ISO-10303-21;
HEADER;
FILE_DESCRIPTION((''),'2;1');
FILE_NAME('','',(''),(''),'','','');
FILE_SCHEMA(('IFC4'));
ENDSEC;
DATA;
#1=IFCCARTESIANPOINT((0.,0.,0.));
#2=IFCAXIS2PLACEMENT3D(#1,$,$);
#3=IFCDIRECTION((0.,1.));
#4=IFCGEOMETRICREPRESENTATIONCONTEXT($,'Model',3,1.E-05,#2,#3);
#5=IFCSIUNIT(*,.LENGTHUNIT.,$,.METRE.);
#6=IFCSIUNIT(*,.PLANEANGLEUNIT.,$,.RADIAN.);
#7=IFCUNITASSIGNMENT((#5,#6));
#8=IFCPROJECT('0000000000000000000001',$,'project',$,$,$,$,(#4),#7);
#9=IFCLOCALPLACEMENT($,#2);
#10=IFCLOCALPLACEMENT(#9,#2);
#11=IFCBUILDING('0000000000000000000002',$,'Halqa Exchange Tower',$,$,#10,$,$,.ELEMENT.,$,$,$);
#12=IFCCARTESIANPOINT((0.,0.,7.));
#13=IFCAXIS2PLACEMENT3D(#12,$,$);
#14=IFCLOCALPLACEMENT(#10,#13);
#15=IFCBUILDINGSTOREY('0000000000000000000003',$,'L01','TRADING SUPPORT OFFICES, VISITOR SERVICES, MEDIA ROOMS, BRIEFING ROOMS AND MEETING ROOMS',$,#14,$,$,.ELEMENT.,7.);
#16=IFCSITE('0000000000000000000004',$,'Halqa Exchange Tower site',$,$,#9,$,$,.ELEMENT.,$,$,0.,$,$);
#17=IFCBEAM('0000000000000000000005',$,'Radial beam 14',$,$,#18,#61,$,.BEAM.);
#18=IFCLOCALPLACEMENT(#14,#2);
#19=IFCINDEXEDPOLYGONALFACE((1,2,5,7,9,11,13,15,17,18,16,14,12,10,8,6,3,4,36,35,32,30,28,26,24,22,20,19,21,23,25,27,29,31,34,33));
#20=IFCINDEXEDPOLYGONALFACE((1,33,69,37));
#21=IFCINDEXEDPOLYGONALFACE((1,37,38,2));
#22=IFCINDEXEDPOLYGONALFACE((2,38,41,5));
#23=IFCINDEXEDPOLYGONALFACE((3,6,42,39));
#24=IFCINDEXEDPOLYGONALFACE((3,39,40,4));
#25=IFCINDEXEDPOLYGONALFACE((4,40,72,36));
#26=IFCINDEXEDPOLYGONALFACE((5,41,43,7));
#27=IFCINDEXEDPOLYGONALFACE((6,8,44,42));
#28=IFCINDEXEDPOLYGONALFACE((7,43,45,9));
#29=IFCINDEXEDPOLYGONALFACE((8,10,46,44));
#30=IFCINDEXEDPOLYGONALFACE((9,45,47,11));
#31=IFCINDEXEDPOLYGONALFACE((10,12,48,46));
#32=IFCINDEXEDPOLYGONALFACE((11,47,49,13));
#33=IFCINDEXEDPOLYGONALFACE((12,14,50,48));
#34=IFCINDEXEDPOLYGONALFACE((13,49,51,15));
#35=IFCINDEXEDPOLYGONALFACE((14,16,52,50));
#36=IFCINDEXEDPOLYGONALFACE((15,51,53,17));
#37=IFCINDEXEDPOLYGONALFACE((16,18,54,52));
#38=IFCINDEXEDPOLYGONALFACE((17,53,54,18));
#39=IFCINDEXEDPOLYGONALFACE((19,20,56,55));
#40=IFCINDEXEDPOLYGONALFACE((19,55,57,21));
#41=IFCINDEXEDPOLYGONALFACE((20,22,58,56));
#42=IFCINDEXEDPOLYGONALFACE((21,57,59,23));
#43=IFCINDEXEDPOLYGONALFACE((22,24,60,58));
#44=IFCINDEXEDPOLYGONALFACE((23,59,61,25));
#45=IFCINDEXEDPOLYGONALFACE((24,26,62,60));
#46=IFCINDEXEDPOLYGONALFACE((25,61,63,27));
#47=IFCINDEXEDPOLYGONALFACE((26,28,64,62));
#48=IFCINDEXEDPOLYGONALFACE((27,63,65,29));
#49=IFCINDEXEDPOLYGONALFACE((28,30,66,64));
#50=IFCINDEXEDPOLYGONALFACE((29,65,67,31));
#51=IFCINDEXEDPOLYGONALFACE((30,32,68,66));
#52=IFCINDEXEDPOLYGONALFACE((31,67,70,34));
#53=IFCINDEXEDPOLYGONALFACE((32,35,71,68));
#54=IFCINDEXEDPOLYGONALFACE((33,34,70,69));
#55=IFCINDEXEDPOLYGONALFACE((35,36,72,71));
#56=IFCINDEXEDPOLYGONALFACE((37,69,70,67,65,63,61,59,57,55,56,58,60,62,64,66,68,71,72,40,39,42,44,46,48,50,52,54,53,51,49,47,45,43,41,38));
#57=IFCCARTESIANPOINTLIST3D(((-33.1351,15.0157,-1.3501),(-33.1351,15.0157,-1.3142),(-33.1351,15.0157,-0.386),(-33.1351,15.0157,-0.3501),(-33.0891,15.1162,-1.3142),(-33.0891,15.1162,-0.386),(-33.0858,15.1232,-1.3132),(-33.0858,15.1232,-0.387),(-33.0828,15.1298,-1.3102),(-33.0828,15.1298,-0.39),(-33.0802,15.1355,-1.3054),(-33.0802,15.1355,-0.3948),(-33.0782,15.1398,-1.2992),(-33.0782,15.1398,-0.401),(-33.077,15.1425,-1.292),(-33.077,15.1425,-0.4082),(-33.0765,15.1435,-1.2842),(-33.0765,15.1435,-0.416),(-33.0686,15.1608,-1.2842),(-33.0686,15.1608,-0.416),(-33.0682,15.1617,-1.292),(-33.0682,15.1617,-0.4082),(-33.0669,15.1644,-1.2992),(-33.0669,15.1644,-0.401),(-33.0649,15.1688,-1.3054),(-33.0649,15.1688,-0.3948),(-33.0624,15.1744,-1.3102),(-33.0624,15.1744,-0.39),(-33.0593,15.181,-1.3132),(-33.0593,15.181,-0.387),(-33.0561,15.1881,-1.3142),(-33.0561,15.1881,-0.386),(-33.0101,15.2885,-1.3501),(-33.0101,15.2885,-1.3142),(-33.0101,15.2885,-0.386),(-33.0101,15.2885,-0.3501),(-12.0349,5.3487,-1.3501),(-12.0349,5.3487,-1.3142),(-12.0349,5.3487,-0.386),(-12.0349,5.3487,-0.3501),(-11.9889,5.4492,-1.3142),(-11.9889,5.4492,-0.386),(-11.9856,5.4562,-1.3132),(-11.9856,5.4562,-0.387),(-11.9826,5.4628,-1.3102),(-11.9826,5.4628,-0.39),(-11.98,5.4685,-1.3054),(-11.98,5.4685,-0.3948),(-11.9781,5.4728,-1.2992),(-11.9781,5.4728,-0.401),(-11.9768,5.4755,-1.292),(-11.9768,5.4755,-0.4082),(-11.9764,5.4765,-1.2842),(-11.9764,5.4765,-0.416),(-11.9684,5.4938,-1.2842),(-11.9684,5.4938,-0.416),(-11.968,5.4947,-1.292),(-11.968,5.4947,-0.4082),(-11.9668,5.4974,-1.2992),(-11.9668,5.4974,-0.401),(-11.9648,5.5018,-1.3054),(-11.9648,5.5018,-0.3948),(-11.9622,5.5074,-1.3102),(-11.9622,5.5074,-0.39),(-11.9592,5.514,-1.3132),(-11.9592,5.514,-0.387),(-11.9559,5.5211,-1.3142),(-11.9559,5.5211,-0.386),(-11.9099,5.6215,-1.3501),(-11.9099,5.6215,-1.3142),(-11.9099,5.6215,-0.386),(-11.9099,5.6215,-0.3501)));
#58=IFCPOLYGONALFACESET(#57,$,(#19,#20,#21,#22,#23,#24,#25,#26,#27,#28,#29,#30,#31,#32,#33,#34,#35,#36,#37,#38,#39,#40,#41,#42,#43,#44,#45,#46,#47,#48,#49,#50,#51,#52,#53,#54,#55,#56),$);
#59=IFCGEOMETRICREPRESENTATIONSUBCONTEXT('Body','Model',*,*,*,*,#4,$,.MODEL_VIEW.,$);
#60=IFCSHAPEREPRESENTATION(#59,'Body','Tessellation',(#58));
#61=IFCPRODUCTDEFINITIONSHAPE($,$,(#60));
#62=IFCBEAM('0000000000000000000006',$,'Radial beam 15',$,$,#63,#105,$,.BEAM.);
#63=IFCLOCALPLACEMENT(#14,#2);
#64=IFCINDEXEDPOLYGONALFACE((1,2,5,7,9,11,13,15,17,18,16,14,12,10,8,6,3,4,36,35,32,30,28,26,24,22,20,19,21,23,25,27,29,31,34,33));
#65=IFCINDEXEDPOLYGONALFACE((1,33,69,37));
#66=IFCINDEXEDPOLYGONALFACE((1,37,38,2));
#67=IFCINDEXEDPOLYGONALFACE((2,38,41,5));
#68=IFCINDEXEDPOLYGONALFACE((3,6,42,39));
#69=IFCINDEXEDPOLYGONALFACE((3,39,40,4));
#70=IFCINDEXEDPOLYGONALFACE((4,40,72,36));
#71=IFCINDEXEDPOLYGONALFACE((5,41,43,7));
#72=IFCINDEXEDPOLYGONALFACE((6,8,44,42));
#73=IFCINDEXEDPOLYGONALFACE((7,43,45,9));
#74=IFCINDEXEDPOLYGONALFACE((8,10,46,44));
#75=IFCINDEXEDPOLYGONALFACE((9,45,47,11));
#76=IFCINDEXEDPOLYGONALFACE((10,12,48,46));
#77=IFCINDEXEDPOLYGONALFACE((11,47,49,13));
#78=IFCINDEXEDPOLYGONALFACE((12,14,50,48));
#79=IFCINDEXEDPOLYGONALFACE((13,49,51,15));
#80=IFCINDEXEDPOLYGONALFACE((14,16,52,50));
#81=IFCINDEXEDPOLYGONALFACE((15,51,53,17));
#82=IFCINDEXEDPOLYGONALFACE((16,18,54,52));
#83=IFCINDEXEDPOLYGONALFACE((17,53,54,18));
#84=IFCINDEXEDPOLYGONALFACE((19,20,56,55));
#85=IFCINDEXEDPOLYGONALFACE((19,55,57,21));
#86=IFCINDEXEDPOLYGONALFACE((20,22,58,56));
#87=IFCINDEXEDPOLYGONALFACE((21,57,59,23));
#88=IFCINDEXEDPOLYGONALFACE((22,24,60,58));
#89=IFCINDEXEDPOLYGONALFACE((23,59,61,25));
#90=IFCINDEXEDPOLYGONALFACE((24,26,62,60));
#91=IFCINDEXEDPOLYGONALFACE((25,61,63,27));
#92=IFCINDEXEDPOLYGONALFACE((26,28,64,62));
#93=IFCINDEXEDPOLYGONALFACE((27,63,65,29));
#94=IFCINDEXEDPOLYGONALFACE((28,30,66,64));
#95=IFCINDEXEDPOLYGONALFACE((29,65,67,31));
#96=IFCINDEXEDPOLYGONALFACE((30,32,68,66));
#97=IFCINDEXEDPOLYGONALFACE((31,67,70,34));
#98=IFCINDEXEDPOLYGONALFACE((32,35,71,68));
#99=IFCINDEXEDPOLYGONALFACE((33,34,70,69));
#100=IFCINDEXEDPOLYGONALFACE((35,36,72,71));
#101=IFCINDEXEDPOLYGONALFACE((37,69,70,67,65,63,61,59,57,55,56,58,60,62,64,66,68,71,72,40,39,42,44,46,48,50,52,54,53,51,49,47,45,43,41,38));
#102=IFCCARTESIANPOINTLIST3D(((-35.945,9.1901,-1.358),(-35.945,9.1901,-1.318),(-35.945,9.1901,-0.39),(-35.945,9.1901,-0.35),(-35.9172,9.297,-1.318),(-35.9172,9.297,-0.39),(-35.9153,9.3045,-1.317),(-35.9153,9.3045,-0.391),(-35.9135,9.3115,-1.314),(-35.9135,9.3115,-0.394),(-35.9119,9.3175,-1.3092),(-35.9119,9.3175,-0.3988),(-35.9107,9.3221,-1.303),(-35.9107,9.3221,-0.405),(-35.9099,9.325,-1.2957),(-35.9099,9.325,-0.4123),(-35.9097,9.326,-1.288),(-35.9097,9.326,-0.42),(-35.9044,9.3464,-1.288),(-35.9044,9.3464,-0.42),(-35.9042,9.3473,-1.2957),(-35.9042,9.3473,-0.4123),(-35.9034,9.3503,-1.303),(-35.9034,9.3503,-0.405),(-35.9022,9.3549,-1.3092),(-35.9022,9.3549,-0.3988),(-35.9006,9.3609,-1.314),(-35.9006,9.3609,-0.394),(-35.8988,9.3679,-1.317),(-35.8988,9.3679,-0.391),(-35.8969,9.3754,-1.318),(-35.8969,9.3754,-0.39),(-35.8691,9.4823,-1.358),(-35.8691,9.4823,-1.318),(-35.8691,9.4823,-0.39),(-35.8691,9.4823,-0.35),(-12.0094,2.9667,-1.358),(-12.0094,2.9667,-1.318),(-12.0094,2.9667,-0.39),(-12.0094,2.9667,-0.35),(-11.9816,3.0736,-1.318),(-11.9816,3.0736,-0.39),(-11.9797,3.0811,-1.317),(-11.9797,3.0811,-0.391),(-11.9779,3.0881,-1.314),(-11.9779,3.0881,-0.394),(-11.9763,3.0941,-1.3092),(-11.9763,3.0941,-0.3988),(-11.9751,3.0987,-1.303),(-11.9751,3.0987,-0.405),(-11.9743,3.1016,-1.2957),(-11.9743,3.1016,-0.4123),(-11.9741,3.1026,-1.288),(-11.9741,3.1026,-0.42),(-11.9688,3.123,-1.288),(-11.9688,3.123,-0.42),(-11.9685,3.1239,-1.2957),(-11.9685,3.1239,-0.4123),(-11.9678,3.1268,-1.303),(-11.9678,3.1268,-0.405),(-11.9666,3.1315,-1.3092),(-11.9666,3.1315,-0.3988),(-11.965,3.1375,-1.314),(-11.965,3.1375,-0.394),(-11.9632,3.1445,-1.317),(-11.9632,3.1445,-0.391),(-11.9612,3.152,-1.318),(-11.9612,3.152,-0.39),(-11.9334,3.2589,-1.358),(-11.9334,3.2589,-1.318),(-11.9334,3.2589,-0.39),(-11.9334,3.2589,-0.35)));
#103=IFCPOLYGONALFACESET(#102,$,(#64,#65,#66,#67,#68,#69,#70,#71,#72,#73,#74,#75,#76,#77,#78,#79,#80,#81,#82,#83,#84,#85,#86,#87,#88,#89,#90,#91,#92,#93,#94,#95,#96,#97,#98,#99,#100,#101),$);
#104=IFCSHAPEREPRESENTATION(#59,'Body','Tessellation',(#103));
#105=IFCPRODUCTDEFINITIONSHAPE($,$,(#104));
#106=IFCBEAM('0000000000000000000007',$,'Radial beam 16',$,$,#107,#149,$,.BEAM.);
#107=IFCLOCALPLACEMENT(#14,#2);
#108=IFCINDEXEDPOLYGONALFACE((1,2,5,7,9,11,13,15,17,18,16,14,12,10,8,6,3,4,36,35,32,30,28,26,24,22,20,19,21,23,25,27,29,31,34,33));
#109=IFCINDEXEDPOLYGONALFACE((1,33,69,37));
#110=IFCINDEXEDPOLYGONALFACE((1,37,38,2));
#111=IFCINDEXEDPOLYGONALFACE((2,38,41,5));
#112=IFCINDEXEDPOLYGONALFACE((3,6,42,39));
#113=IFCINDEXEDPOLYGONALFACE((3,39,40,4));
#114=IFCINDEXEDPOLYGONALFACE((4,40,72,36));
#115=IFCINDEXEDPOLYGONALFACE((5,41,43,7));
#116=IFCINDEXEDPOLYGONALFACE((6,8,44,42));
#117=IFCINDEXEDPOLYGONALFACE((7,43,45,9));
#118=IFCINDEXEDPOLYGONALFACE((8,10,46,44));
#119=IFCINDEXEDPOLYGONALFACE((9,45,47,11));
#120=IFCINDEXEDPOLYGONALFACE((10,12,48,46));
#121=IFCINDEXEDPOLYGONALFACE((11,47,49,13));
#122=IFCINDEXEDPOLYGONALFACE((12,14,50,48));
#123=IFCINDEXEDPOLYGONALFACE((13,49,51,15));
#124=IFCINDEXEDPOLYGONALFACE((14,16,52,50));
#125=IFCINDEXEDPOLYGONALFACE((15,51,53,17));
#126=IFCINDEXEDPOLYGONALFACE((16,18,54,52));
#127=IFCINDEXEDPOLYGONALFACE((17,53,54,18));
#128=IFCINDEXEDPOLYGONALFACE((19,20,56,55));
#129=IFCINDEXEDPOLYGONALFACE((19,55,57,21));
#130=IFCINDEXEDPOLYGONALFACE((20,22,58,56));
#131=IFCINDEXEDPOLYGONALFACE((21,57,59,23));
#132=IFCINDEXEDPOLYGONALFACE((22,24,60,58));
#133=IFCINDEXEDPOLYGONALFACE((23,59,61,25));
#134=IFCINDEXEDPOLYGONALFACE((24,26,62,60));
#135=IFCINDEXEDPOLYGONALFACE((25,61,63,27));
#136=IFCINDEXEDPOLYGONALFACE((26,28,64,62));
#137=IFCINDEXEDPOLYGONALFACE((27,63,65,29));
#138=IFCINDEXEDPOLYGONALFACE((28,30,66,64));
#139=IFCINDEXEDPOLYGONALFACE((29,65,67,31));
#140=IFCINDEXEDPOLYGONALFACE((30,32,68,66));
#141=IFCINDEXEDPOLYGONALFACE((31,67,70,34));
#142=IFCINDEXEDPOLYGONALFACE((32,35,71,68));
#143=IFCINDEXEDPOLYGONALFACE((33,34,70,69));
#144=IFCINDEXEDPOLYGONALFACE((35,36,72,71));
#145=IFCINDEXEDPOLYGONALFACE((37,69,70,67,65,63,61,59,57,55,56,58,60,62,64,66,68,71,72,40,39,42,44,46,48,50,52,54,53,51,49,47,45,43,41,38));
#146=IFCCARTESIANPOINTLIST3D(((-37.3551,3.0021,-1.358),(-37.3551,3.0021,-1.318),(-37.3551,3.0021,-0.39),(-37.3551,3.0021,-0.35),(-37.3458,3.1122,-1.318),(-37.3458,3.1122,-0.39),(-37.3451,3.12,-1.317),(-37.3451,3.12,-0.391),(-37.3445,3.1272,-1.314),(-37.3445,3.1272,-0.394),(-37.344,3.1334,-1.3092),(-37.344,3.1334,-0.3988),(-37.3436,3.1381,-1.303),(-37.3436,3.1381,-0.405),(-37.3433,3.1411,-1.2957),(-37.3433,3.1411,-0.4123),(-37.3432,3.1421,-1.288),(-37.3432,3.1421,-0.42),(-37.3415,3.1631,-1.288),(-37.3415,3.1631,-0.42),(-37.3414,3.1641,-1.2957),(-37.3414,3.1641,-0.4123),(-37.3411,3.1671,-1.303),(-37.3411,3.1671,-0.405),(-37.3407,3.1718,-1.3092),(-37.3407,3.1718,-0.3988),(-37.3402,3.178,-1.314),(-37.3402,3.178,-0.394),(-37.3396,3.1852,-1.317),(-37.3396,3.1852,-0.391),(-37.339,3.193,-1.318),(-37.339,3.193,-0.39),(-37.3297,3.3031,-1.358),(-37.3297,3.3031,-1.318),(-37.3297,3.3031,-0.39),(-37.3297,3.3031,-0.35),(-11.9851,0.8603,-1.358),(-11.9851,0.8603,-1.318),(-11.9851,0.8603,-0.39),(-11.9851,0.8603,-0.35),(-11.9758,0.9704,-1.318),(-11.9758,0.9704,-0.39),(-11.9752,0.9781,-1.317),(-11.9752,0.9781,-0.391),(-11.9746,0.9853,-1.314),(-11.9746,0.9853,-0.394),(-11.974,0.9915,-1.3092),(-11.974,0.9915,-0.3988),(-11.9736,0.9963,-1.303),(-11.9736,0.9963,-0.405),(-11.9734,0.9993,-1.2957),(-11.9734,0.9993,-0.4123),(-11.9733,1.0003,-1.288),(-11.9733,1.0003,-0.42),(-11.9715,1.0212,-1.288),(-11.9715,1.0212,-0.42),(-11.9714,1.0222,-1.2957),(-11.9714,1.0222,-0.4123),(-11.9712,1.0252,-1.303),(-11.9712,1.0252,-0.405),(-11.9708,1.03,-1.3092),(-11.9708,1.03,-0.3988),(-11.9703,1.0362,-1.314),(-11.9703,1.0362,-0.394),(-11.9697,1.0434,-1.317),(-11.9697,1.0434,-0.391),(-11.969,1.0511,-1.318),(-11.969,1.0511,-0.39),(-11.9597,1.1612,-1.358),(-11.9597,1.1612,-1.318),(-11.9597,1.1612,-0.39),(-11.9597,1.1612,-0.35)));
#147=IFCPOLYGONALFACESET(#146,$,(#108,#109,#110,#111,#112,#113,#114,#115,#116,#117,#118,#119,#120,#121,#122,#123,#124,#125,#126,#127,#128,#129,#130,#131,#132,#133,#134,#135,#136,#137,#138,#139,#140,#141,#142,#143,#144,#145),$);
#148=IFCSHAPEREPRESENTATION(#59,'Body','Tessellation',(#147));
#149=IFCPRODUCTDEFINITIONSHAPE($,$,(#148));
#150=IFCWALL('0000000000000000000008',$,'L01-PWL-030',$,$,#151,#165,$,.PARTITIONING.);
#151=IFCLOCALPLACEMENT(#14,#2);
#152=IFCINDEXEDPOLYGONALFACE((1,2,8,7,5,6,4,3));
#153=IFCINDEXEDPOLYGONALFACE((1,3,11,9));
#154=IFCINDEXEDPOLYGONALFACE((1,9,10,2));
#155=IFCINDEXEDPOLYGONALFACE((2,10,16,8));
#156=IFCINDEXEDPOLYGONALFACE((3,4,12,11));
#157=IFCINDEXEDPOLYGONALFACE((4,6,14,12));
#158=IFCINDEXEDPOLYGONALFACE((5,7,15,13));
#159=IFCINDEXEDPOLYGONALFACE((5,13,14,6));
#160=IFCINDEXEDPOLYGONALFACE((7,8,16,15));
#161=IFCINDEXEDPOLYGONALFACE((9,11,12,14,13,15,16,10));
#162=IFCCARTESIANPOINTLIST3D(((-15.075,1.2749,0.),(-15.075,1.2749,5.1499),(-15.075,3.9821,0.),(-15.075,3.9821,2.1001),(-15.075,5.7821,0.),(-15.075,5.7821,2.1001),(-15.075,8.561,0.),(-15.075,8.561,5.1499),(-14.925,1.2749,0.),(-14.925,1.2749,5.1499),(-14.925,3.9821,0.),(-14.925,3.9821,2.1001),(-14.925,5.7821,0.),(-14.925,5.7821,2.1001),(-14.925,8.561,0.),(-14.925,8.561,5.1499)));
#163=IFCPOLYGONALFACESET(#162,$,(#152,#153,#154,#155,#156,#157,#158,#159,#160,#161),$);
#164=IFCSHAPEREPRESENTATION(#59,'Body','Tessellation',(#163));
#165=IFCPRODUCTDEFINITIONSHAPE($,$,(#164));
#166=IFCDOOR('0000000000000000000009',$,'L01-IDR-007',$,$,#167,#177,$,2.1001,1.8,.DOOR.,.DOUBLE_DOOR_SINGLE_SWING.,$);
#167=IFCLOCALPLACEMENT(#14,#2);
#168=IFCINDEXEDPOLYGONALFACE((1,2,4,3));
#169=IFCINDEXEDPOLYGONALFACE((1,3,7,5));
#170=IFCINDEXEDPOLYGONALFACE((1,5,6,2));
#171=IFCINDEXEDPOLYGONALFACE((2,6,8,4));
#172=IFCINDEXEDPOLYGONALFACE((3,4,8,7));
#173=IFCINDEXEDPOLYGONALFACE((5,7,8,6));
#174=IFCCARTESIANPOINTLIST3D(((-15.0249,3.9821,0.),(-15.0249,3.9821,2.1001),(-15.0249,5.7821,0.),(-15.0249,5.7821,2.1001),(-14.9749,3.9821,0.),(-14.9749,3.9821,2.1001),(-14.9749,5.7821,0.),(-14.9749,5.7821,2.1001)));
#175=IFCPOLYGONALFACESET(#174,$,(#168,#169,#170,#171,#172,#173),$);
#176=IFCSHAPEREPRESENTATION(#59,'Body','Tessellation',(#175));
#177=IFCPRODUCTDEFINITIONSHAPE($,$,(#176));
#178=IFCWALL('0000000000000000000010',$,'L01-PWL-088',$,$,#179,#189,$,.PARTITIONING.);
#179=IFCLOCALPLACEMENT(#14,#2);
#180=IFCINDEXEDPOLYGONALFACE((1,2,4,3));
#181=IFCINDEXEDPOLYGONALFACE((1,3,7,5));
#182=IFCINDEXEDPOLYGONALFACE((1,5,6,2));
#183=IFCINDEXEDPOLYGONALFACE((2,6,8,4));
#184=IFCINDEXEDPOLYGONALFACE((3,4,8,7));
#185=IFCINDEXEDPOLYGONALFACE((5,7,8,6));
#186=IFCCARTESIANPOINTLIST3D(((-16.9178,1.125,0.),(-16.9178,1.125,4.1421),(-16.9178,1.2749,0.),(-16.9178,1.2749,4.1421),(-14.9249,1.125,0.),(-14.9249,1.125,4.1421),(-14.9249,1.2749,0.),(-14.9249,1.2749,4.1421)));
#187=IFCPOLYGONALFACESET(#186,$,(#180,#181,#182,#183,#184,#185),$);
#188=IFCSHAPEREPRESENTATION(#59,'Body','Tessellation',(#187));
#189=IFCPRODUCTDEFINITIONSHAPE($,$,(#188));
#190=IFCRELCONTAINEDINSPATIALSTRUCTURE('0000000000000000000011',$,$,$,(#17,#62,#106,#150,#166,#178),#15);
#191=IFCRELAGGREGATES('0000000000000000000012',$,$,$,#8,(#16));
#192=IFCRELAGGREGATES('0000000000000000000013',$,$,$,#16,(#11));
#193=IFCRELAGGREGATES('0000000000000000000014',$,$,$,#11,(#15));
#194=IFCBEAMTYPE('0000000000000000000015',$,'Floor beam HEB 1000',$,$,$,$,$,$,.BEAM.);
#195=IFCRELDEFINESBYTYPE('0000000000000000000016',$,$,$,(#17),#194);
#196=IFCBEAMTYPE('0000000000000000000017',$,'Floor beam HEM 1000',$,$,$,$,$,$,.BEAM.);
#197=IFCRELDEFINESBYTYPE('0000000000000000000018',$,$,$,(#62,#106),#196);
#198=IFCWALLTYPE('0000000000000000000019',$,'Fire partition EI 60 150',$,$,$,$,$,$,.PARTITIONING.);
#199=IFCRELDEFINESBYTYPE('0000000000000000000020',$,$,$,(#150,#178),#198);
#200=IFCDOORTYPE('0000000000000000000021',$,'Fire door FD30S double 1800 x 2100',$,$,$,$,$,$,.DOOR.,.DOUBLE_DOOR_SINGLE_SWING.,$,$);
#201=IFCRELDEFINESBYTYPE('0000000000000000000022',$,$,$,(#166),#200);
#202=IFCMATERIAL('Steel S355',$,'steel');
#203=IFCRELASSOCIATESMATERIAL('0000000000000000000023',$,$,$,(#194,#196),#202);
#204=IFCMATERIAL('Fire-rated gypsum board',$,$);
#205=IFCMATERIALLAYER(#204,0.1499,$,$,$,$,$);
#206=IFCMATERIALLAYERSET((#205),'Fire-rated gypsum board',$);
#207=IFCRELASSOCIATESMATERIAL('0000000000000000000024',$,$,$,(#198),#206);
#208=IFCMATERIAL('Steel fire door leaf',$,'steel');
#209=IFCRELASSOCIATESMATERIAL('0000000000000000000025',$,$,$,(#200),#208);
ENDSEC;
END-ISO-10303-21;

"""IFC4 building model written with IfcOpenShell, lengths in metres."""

from ifc_helpers import new_model, si_unit, direction, frame, frame_2d, origin, origin_2d, place, context, subcontext, project, spatial, rectangle, i_section, extrude, material, layer, layer_set, material_profile, profile_set, type_object, element, fill, save


model = new_model("IFC4")

# Units and contexts
model_context = context("Model", 3, precision=1e-05, world=origin(), true_north=direction((0.0, 1.0)))
body_context = subcontext(model_context, "Body", "Model", "MODEL_VIEW")
ifc_project = project(units=[si_unit("LENGTHUNIT", "METRE"), si_unit("PLANEANGLEUNIT", "RADIAN")], contexts=[model_context])

# Site, building, storey
site_placement = place(None, origin())
site = spatial("IfcSite", under=ifc_project, at=site_placement, Name="Halqa Exchange Tower site", CompositionType="ELEMENT", RefElevation=0.0)
building_placement = place(site_placement, origin())
building = spatial("IfcBuilding", under=site, at=building_placement, Name="Halqa Exchange Tower", CompositionType="ELEMENT")
storey_placement = place(building_placement, frame((0.0, 0.0, 7.0)))
storey = spatial("IfcBuildingStorey", under=building, at=storey_placement, Name="L01", Description="TRADING SUPPORT OFFICES, VISITOR SERVICES, MEDIA ROOMS, BRIEFING ROOMS AND MEETING ROOMS", CompositionType="ELEMENT", Elevation=7.0)

# Beams
ifc_material_1 = material(Name="Steel S355", Category="steel")
ifc_material_profile_1 = material_profile(ifc_material_1, i_section(OverallWidth=0.3, OverallDepth=1.0, WebThickness=0.019, FlangeThickness=0.0359, FilletRadius=0.03, at=origin_2d()), Name="HEB 1000")
ifc_profile_set_1 = profile_set([ifc_material_profile_1], Name="Steel S355")
beam_type_1 = type_object("IfcBeamType", Name="Floor beam HEB 1000", PredefinedType="BEAM", material=ifc_profile_set_1)
beam_1_placement = place(storey_placement, frame((-11.9724, 5.4851, -0.8501), z_axis=(-0.909128, 0.416516, 0.0), x_axis=(-0.416516, -0.909128, 0.0)))
element("IfcBeam", 1, at=beam_1_placement, inside=storey, type_object=beam_type_1, Name="Radial beam 14", PredefinedType="BEAM", context=body_context, shape_type="SweptSolid", body=[
    extrude(i_section(OverallWidth=0.3, OverallDepth=1.0, WebThickness=0.019, FlangeThickness=0.0359, FilletRadius=0.03, at=origin_2d()), origin(), (0.0, 0.0, 1.0), 23.2092),
])
ifc_material_profile_2 = material_profile(ifc_material_1, i_section(OverallWidth=0.302, OverallDepth=1.0081, WebThickness=0.021, FlangeThickness=0.04, FilletRadius=0.03, at=origin_2d()), Name="HEM 1000")
ifc_profile_set_2 = profile_set([ifc_material_profile_2], Name="Steel S355")
beam_type_2 = type_object("IfcBeamType", Name="Floor beam HEM 1000", PredefinedType="BEAM", material=ifc_profile_set_2)
beam_2_placement = place(storey_placement, frame((-11.9714, 3.1128, -0.854), z_axis=(-0.967821, 0.251639, 0.0), x_axis=(-0.251639, -0.967821, 0.0)))
element("IfcBeam", 2, at=beam_2_placement, inside=storey, type_object=beam_type_2, Name="Radial beam 15", PredefinedType="BEAM", context=body_context, shape_type="SweptSolid", body=[
    extrude(i_section(OverallWidth=0.302, OverallDepth=1.0081, WebThickness=0.021, FlangeThickness=0.04, FilletRadius=0.03, at=origin_2d()), origin(), (0.0, 0.0, 1.0), 24.7314),
])
beam_3_placement = place(storey_placement, frame((-11.9724, 1.0107, -0.854), z_axis=(-0.996455, 0.084125, 0.0), x_axis=(-0.084125, -0.996455, 0.0)))
element("IfcBeam", 3, at=beam_3_placement, inside=storey, type_object=beam_type_2, Name="Radial beam 16", PredefinedType="BEAM", context=body_context, shape_type="SweptSolid", body=[
    extrude(i_section(OverallWidth=0.302, OverallDepth=1.0081, WebThickness=0.021, FlangeThickness=0.04, FilletRadius=0.03, at=origin_2d()), origin(), (0.0, 0.0, 1.0), 25.4602),
])

# Wall, opening, door
ifc_material_2 = material(Name="Fire-rated gypsum board")
ifc_layer_1 = layer(ifc_material_2, 0.1499)
ifc_layer_set_1 = layer_set([ifc_layer_1], Name="Fire-rated gypsum board")
wall_type_1 = type_object("IfcWallType", Name="Fire partition EI 60 150", PredefinedType="PARTITIONING", material=ifc_layer_set_1)
wall_1_placement = place(storey_placement, frame((-15.0, 1.2749, 0.0), z_axis=(0.0, 0.0, 1.0), x_axis=(0.0, 1.0, 0.0)))
wall_1 = element("IfcWall", 4, at=wall_1_placement, inside=storey, type_object=wall_type_1, Name="L01-PWL-030", PredefinedType="PARTITIONING", context=body_context, shape_type="SweptSolid", body=[
    extrude(rectangle(XDim=7.2861, YDim=0.1499, at=frame_2d((3.6431, 0.0))), origin(), (0.0, 0.0, 1.0), 5.1499),
])
opening_1_placement = place(wall_1_placement, frame((2.7073, 0.0, 0.0)))
opening_1 = element("IfcOpeningElement", 5, at=opening_1_placement, cuts=wall_1, PredefinedType="OPENING", context=body_context, shape_type="SweptSolid", body=[
    extrude(rectangle(XDim=1.8, YDim=2.1001, at=frame_2d((0.8999, 1.05))), frame((0.0, 0.0869, 0.0), z_axis=(0.0, -1.0, 0.0), x_axis=(1.0, 0.0, 0.0)), (0.0, 0.0, 1.0), 0.1738),
])
ifc_material_3 = material(Name="Steel fire door leaf", Category="steel")
door_type_1 = type_object("IfcDoorType", Name="Fire door FD30S double 1800 x 2100", OperationType="DOUBLE_DOOR_SINGLE_SWING", PredefinedType="DOOR", material=ifc_material_3)
door_1_placement = place(opening_1_placement, origin())
door_1 = element("IfcDoor", 6, at=door_1_placement, inside=storey, type_object=door_type_1, Name="L01-IDR-007", OperationType="DOUBLE_DOOR_SINGLE_SWING", OverallHeight=2.1001, OverallWidth=1.8, PredefinedType="DOOR", context=body_context, shape_type="SweptSolid", body=[
    extrude(rectangle(XDim=1.8, YDim=2.1001, at=frame_2d((0.8999, 1.05))), frame((0.0, 0.0249, 0.0), z_axis=(0.0, -1.0, 0.0), x_axis=(1.0, 0.0, 0.0)), (0.0, 0.0, 1.0), 0.05),
])
fill(opening_1, door_1)

# Wall
wall_2_placement = place(storey_placement, frame((-16.918, 1.2, 0.0), z_axis=(0.0, 0.0, 1.0), x_axis=(1.0, 0.0, 0.0)))
element("IfcWall", 7, at=wall_2_placement, inside=storey, type_object=wall_type_1, Name="L01-PWL-088", PredefinedType="PARTITIONING", context=body_context, shape_type="SweptSolid", body=[
    extrude(rectangle(XDim=1.9929, YDim=0.1499, at=frame_2d((0.9966, 0.0))), origin(), (0.0, 0.0, 1.0), 4.1421),
])

save(model, "model.ifc")
